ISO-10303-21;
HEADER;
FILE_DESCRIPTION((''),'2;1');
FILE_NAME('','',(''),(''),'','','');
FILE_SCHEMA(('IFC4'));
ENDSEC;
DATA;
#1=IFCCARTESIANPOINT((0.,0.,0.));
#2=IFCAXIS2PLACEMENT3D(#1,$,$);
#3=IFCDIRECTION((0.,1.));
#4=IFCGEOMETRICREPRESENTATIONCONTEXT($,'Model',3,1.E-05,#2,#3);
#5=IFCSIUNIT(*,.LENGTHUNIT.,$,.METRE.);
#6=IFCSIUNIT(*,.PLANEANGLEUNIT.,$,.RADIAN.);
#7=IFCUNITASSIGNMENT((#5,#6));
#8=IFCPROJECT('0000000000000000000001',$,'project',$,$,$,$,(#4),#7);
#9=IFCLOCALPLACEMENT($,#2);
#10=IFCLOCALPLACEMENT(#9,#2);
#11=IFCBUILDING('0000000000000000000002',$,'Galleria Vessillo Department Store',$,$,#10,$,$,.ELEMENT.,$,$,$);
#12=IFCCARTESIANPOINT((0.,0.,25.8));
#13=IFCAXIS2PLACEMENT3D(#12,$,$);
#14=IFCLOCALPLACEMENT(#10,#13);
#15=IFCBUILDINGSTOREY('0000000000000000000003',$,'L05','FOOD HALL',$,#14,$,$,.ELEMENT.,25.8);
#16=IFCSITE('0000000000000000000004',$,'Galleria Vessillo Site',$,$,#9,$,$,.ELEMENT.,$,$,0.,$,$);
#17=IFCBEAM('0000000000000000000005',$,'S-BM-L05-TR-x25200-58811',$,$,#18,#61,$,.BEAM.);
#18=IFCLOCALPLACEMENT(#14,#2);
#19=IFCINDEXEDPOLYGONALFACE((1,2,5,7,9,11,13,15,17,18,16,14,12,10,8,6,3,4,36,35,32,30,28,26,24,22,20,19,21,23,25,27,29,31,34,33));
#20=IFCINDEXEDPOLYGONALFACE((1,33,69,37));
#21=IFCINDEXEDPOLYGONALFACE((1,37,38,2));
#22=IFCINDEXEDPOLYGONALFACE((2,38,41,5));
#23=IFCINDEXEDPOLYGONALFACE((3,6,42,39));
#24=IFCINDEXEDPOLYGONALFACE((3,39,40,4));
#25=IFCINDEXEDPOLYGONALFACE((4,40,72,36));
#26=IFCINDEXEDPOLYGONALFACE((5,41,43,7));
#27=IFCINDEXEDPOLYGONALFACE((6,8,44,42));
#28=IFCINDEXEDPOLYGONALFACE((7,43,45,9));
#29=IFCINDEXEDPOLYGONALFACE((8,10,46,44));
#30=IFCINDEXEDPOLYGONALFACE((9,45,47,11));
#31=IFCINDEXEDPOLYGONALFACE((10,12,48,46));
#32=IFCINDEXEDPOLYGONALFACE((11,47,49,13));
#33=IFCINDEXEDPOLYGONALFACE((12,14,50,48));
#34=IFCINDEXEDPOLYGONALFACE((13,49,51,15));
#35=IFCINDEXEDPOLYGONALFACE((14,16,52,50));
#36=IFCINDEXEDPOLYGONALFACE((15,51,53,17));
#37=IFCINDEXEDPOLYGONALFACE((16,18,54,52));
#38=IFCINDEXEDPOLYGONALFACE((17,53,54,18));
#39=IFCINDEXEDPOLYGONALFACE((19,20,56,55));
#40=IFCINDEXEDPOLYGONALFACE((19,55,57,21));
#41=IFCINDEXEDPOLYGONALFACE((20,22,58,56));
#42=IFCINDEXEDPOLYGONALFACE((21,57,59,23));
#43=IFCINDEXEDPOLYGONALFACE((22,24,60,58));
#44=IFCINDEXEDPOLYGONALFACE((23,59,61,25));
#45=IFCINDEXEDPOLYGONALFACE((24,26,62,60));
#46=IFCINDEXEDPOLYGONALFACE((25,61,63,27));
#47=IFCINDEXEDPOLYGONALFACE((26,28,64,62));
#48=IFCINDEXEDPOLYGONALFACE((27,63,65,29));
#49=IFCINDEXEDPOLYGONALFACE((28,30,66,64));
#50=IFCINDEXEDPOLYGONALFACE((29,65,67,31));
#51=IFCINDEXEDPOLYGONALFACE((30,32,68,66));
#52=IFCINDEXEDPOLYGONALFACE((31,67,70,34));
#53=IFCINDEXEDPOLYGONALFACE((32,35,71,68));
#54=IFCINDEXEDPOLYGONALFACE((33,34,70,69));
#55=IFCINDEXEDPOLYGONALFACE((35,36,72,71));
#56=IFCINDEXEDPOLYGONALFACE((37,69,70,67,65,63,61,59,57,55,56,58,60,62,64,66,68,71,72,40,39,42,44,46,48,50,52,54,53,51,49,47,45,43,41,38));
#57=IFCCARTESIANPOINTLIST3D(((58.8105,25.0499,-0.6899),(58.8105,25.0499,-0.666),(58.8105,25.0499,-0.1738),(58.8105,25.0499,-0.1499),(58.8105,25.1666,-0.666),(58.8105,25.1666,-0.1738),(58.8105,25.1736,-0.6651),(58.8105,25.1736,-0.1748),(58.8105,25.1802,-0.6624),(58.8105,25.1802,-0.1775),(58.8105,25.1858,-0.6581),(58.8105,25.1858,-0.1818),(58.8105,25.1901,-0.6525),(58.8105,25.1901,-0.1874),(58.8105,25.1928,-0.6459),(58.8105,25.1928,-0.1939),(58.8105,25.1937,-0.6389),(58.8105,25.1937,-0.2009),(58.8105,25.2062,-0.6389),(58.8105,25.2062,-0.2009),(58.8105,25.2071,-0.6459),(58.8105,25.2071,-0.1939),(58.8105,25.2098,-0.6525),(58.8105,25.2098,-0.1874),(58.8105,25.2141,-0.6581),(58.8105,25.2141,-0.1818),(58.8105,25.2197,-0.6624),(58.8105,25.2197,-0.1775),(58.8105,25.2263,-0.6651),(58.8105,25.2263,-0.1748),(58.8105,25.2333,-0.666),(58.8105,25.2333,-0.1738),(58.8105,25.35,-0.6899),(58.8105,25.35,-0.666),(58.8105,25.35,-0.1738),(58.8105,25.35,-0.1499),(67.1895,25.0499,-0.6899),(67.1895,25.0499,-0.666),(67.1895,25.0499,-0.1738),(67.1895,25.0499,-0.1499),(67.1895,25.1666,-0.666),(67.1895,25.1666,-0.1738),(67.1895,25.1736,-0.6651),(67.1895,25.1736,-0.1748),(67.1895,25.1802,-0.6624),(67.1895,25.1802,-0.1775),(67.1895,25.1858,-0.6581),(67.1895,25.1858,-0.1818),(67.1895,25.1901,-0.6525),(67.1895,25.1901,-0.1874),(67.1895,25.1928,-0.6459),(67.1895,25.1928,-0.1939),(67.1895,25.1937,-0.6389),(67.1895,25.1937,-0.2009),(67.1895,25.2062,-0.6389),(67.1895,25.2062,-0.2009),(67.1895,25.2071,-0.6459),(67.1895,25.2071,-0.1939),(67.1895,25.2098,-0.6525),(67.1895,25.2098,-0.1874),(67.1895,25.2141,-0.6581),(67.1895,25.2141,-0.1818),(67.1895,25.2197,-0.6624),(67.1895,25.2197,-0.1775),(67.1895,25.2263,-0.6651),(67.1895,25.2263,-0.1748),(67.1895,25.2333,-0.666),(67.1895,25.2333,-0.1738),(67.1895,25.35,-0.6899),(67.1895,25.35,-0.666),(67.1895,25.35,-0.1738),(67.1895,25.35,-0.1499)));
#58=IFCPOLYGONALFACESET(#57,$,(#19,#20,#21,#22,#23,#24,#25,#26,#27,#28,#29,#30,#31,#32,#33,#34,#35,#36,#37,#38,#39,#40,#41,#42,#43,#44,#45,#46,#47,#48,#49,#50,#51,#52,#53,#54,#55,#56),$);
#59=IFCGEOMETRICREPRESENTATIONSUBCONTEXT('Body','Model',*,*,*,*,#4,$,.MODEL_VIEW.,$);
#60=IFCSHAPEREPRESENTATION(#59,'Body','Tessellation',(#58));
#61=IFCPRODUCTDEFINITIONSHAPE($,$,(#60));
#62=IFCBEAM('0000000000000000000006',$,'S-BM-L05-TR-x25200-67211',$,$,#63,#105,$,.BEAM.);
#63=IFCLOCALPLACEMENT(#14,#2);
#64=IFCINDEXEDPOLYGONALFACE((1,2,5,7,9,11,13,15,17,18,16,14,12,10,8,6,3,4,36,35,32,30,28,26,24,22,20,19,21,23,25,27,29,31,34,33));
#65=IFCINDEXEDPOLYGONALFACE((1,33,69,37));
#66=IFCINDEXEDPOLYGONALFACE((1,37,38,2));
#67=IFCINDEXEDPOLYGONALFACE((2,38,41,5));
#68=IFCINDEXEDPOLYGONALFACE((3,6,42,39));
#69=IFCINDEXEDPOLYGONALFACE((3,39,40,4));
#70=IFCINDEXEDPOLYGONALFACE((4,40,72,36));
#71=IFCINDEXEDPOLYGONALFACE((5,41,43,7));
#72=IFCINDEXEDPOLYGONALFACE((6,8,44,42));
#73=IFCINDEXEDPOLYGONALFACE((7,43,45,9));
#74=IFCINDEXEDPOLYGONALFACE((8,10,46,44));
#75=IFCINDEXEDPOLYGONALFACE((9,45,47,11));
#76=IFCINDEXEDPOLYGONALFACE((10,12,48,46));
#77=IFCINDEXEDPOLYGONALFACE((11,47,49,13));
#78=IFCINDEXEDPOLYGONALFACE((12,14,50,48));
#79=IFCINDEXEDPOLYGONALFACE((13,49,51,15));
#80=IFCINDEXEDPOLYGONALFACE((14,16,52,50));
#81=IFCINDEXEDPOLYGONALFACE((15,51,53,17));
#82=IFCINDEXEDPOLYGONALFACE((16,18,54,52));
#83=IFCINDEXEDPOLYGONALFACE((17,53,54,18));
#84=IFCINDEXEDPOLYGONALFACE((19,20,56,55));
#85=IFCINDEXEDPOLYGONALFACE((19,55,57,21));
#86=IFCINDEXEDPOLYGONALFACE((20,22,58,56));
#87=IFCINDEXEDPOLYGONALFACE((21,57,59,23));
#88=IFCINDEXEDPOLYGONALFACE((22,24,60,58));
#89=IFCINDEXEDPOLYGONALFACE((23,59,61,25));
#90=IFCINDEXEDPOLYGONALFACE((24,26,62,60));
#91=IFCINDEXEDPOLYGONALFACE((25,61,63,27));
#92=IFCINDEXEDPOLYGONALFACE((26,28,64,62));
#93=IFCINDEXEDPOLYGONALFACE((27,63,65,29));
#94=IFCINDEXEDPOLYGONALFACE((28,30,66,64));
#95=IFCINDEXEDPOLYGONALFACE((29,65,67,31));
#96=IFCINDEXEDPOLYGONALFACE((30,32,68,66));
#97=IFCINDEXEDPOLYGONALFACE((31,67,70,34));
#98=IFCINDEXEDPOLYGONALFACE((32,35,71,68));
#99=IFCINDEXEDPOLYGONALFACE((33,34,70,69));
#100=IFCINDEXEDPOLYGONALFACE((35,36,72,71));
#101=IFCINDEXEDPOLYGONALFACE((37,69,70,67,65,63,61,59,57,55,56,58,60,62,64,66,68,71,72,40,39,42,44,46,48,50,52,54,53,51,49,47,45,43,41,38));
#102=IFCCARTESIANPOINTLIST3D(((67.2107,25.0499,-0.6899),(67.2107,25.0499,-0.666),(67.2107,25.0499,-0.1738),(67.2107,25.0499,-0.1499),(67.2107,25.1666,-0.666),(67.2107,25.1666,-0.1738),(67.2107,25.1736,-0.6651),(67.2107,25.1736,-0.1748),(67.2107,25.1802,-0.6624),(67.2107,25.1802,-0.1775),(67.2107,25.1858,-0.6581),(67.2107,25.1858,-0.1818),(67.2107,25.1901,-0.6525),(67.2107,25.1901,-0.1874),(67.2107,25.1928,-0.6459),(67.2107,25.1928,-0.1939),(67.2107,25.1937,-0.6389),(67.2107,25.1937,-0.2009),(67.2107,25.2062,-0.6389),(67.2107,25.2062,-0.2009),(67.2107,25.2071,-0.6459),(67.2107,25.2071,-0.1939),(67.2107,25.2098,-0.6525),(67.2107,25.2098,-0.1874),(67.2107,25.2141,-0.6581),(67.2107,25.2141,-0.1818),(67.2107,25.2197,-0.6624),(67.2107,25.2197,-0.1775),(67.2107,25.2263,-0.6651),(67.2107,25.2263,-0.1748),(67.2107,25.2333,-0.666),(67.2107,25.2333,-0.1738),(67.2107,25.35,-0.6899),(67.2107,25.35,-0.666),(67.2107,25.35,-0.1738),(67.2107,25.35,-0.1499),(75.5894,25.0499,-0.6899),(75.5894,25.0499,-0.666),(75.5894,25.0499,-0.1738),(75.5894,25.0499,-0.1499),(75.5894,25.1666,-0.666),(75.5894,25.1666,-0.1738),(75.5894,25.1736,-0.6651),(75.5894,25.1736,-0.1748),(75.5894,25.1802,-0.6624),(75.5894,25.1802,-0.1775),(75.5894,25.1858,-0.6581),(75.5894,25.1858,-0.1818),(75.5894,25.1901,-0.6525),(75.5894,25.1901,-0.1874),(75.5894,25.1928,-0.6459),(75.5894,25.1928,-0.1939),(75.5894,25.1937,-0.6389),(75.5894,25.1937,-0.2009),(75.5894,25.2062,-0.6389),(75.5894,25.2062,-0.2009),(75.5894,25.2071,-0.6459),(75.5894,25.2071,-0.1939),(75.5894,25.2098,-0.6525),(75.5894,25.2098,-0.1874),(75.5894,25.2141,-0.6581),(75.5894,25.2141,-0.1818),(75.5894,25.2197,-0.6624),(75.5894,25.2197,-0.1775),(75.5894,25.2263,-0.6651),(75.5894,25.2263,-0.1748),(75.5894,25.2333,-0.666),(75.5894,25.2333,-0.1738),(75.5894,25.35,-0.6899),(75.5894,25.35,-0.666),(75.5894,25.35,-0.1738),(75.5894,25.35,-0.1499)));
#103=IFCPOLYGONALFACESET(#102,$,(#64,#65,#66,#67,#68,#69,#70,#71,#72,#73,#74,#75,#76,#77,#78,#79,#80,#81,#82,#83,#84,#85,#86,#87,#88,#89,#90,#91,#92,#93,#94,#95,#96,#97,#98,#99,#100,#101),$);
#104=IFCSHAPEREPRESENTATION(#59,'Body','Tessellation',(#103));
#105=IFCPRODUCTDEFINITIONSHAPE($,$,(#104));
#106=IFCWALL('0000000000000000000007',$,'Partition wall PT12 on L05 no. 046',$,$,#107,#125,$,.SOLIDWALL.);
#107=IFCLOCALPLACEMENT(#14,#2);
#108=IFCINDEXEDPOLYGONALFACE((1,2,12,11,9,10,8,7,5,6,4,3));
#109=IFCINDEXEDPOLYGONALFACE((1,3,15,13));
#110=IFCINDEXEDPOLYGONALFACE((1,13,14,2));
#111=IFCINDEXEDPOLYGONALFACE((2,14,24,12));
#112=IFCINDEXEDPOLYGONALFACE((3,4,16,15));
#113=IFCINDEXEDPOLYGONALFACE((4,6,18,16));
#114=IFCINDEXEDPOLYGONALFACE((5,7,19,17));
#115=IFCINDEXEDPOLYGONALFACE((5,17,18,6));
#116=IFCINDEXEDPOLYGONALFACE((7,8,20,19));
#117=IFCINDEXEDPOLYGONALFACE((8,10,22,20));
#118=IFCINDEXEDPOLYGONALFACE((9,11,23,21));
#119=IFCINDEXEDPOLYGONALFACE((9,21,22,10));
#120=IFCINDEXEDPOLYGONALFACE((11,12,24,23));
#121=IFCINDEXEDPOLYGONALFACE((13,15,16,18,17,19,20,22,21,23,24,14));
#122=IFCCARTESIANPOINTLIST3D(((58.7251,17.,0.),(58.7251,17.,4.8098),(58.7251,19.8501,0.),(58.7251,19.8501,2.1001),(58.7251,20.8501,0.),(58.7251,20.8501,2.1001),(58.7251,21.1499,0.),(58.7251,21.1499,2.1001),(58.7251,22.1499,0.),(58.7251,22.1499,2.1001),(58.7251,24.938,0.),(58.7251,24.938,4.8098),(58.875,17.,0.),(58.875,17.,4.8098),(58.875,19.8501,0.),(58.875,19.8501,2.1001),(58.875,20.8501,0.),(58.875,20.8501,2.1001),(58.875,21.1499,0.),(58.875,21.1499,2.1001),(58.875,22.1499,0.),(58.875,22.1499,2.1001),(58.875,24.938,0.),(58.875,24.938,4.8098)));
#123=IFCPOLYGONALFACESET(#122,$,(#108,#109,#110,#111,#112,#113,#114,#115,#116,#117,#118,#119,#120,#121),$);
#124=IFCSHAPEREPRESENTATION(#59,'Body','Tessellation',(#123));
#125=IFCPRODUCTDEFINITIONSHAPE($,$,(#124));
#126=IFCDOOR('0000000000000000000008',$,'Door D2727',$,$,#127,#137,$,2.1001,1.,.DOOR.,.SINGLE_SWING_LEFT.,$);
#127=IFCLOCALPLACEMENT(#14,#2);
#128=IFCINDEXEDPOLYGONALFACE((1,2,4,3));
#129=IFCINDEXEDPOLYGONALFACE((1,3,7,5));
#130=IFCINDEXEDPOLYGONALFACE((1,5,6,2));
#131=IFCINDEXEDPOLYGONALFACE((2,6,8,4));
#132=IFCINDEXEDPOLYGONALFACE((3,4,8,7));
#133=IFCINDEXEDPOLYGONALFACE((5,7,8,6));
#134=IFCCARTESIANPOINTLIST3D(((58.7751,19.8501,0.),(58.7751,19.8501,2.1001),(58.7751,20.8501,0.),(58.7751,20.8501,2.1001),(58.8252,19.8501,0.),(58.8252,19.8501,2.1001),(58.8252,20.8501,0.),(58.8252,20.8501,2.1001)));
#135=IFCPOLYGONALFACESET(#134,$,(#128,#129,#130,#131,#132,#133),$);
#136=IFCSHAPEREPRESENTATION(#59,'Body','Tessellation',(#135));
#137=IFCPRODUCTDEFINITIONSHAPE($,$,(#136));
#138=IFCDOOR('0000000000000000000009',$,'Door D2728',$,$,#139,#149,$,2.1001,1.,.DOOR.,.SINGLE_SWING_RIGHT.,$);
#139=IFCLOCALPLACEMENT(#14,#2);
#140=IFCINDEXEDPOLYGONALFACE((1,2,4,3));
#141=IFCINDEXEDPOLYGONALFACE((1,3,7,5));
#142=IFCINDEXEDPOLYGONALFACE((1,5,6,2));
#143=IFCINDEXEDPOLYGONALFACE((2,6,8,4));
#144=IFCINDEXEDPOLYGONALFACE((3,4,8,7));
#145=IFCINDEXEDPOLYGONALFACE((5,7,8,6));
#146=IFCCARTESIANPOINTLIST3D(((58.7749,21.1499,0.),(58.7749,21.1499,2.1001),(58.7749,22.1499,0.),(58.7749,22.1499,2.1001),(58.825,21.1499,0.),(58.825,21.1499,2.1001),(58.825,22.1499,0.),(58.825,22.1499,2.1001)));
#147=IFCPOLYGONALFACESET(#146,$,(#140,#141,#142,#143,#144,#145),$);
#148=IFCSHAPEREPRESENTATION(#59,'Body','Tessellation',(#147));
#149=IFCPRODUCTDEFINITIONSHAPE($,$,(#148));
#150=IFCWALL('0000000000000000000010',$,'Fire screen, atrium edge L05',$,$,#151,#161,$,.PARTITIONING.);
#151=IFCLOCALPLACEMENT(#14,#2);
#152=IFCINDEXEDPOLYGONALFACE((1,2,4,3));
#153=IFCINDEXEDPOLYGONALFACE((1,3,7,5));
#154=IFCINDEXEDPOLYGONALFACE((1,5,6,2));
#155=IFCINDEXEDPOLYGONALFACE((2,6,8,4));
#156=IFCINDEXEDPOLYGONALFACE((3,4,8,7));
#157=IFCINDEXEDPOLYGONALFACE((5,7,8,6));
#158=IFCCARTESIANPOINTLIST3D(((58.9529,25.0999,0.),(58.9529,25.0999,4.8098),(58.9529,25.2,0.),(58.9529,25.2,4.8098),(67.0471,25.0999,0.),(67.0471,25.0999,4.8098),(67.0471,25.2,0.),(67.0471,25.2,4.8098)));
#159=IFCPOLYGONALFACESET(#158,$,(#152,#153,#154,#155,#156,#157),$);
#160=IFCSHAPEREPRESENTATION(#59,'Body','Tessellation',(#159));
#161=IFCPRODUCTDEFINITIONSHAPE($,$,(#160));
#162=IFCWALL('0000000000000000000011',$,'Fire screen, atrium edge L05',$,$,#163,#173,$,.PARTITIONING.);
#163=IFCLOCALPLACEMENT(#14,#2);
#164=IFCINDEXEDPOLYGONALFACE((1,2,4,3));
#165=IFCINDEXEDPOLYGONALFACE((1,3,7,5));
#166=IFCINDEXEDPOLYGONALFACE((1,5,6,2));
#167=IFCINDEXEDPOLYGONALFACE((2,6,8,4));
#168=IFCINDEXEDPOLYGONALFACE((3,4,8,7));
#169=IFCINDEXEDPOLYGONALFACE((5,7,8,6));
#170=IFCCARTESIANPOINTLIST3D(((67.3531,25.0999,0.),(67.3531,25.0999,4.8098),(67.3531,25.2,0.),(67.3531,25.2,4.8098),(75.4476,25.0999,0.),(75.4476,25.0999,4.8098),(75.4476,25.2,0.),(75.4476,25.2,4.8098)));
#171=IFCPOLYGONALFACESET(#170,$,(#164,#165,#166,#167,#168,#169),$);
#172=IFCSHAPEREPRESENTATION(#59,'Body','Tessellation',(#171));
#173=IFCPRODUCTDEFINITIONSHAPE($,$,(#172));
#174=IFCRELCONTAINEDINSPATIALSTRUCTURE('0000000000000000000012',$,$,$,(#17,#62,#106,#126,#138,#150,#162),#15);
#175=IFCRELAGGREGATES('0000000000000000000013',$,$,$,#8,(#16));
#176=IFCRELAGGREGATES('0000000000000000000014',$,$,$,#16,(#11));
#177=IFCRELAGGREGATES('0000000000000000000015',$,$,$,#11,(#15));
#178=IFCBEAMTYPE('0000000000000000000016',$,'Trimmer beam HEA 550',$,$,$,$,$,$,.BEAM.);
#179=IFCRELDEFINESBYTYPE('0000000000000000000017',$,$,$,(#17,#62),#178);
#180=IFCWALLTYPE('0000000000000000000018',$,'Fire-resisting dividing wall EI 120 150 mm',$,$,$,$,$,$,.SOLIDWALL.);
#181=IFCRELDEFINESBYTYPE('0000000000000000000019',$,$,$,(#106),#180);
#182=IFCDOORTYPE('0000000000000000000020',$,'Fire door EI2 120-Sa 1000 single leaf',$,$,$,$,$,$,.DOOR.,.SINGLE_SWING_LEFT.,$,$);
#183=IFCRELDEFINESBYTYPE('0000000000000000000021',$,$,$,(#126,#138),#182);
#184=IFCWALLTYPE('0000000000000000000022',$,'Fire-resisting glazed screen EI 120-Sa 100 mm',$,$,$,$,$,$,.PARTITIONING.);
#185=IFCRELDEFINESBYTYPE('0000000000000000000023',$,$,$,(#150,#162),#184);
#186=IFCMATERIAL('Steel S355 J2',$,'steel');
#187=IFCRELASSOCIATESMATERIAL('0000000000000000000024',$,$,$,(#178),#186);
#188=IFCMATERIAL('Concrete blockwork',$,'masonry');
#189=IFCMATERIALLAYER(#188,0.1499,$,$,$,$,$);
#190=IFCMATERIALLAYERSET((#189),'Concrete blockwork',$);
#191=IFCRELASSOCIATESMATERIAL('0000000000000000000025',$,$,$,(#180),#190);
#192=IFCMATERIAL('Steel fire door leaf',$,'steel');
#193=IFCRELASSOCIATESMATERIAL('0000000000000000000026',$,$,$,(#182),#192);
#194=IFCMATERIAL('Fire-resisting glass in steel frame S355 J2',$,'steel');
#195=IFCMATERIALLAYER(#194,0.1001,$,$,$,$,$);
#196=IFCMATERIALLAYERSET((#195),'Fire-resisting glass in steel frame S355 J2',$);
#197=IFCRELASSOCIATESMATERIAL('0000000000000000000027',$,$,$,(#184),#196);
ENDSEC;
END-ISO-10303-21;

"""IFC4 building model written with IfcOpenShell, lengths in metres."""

from ifc_helpers import new_model, si_unit, direction, frame, frame_2d, origin, origin_2d, place, context, subcontext, project, spatial, rectangle, i_section, extrude, material, layer, layer_set, material_profile, profile_set, type_object, element, fill, save


model = new_model("IFC4")

# Units and contexts
model_context = context("Model", 3, precision=1e-05, world=origin(), true_north=direction((0.0, 1.0)))
body_context = subcontext(model_context, "Body", "Model", "MODEL_VIEW")
ifc_project = project(units=[si_unit("LENGTHUNIT", "METRE"), si_unit("PLANEANGLEUNIT", "RADIAN")], contexts=[model_context])

# Site, building, storey
site_placement = place(None, origin())
site = spatial("IfcSite", under=ifc_project, at=site_placement, Name="Galleria Vessillo Site", CompositionType="ELEMENT", RefElevation=0.0)
building_placement = place(site_placement, origin())
building = spatial("IfcBuilding", under=site, at=building_placement, Name="Galleria Vessillo Department Store", CompositionType="ELEMENT")
storey_placement = place(building_placement, frame((0.0, 0.0, 25.8)))
storey = spatial("IfcBuildingStorey", under=building, at=storey_placement, Name="L05", Description="FOOD HALL", CompositionType="ELEMENT", Elevation=25.8)

# Beams
ifc_material_1 = material(Name="Steel S355 J2", Category="steel")
ifc_material_profile_1 = material_profile(ifc_material_1, i_section(OverallWidth=0.3, OverallDepth=0.54, WebThickness=0.0125, FlangeThickness=0.0239, FilletRadius=0.0271, at=origin_2d()), Name="HEA 550")
ifc_profile_set_1 = profile_set([ifc_material_profile_1], Name="Steel S355 J2")
beam_type_1 = type_object("IfcBeamType", Name="Trimmer beam HEA 550", PredefinedType="BEAM", material=ifc_profile_set_1)
beam_1_placement = place(storey_placement, frame((58.8105, 25.2, -0.4199), z_axis=(1.0, 0.0, 0.0), x_axis=(0.0, 1.0, 0.0)))
element("IfcBeam", 1, at=beam_1_placement, inside=storey, type_object=beam_type_1, Name="S-BM-L05-TR-x25200-58811", PredefinedType="BEAM", context=body_context, shape_type="SweptSolid", body=[
    extrude(i_section(OverallWidth=0.3, OverallDepth=0.54, WebThickness=0.0125, FlangeThickness=0.0239, FilletRadius=0.0271, at=origin_2d()), origin(), (0.0, 0.0, 1.0), 8.3789),
])
beam_2_placement = place(storey_placement, frame((67.2107, 25.2, -0.4199), z_axis=(1.0, 0.0, 0.0), x_axis=(0.0, 1.0, 0.0)))
element("IfcBeam", 2, at=beam_2_placement, inside=storey, type_object=beam_type_1, Name="S-BM-L05-TR-x25200-67211", PredefinedType="BEAM", context=body_context, shape_type="SweptSolid", body=[
    extrude(i_section(OverallWidth=0.3, OverallDepth=0.54, WebThickness=0.0125, FlangeThickness=0.0239, FilletRadius=0.0271, at=origin_2d()), origin(), (0.0, 0.0, 1.0), 8.3787),
])

# Wall, openings, doors
ifc_material_2 = material(Name="Concrete blockwork", Category="masonry")
ifc_layer_1 = layer(ifc_material_2, 0.1499)
ifc_layer_set_1 = layer_set([ifc_layer_1], Name="Concrete blockwork")
wall_type_1 = type_object("IfcWallType", Name="Fire-resisting dividing wall EI 120 150 mm", PredefinedType="SOLIDWALL", material=ifc_layer_set_1)
wall_1_placement = place(storey_placement, frame((58.8, 17.0, 0.0), z_axis=(0.0, 0.0, 1.0), x_axis=(0.0, 1.0, 0.0)))
wall_1 = element("IfcWall", 3, at=wall_1_placement, inside=storey, type_object=wall_type_1, Name="Partition wall PT12 on L05 no. 046", PredefinedType="SOLIDWALL", context=body_context, shape_type="SweptSolid", body=[
    extrude(rectangle(XDim=7.938, YDim=0.1499, at=frame_2d((3.969, 0.0))), origin(), (0.0, 0.0, 1.0), 4.8098),
])
opening_1_placement = place(wall_1_placement, frame((2.8501, 0.0, 0.0)))
opening_1 = element("IfcOpeningElement", 4, at=opening_1_placement, cuts=wall_1, PredefinedType="OPENING", context=body_context, shape_type="SweptSolid", body=[
    extrude(rectangle(XDim=1.0, YDim=2.1001, at=frame_2d((0.5, 1.05))), frame((0.0, 0.085, 0.0), z_axis=(0.0, -1.0, 0.0), x_axis=(1.0, 0.0, 0.0)), (0.0, 0.0, 1.0), 0.1699),
])
opening_2_placement = place(wall_1_placement, frame((4.1499, 0.0, 0.0)))
opening_2 = element("IfcOpeningElement", 5, at=opening_2_placement, cuts=wall_1, PredefinedType="OPENING", context=body_context, shape_type="SweptSolid", body=[
    extrude(rectangle(XDim=1.0, YDim=2.1001, at=frame_2d((0.5, 1.05))), frame((0.0, 0.085, 0.0), z_axis=(0.0, -1.0, 0.0), x_axis=(1.0, 0.0, 0.0)), (0.0, 0.0, 1.0), 0.1699),
])
ifc_material_3 = material(Name="Steel fire door leaf", Category="steel")
door_type = type_object("IfcDoorType", Name="Fire door EI2 120-Sa 1000 single leaf", OperationType="SINGLE_SWING_LEFT", PredefinedType="DOOR", material=ifc_material_3)
door_1_placement = place(opening_1_placement, origin())
door_1 = element("IfcDoor", 6, at=door_1_placement, inside=storey, type_object=door_type, Name="Door D2727", OperationType="SINGLE_SWING_LEFT", OverallHeight=2.1001, OverallWidth=1.0, PredefinedType="DOOR", context=body_context, shape_type="SweptSolid", body=[
    extrude(rectangle(XDim=1.0, YDim=2.1001, at=frame_2d((0.5, 1.05))), frame((0.0, 0.0249, 0.0), z_axis=(0.0, -1.0, 0.0), x_axis=(1.0, 0.0, 0.0)), (0.0, 0.0, 1.0), 0.05),
])
fill(opening_1, door_1)
door_2_placement = place(opening_2_placement, frame((1.0, 0.0, 0.0), z_axis=(0.0, 0.0, 1.0), x_axis=(-1.0, 0.0, 0.0)))
door_2 = element("IfcDoor", 7, at=door_2_placement, inside=storey, type_object=door_type, Name="Door D2728", OperationType="SINGLE_SWING_RIGHT", OverallHeight=2.1001, OverallWidth=1.0, PredefinedType="DOOR", context=body_context, shape_type="SweptSolid", body=[
    extrude(rectangle(XDim=1.0, YDim=2.1001, at=frame_2d((0.5, 1.05))), frame((0.0, 0.0249, 0.0), z_axis=(0.0, -1.0, 0.0), x_axis=(1.0, 0.0, 0.0)), (0.0, 0.0, 1.0), 0.05),
])
fill(opening_2, door_2)

# Walls
ifc_material_4 = material(Name="Fire-resisting glass in steel frame S355 J2", Category="steel")
ifc_layer_2 = layer(ifc_material_4, 0.1001)
ifc_layer_set_2 = layer_set([ifc_layer_2], Name="Fire-resisting glass in steel frame S355 J2")
wall_type_2 = type_object("IfcWallType", Name="Fire-resisting glazed screen EI 120-Sa 100 mm", PredefinedType="PARTITIONING", material=ifc_layer_set_2)
wall_2_placement = place(storey_placement, frame((58.9529, 25.1499, 0.0), z_axis=(0.0, 0.0, 1.0), x_axis=(1.0, 0.0, 0.0)))
element("IfcWall", 8, at=wall_2_placement, inside=storey, type_object=wall_type_2, Name="Fire screen, atrium edge L05", PredefinedType="PARTITIONING", context=body_context, shape_type="SweptSolid", body=[
    extrude(rectangle(XDim=8.0942, YDim=0.1001, at=frame_2d((4.0471, 0.0))), origin(), (0.0, 0.0, 1.0), 4.8098),
])
wall_3_placement = place(storey_placement, frame((67.353, 25.1499, 0.0), z_axis=(0.0, 0.0, 1.0), x_axis=(1.0, 0.0, 0.0)))
element("IfcWall", 9, at=wall_3_placement, inside=storey, type_object=wall_type_2, Name="Fire screen, atrium edge L05", PredefinedType="PARTITIONING", context=body_context, shape_type="SweptSolid", body=[
    extrude(rectangle(XDim=8.0945, YDim=0.1001, at=frame_2d((4.0474, 0.0))), origin(), (0.0, 0.0, 1.0), 4.8098),
])

save(model, "model.ifc")
